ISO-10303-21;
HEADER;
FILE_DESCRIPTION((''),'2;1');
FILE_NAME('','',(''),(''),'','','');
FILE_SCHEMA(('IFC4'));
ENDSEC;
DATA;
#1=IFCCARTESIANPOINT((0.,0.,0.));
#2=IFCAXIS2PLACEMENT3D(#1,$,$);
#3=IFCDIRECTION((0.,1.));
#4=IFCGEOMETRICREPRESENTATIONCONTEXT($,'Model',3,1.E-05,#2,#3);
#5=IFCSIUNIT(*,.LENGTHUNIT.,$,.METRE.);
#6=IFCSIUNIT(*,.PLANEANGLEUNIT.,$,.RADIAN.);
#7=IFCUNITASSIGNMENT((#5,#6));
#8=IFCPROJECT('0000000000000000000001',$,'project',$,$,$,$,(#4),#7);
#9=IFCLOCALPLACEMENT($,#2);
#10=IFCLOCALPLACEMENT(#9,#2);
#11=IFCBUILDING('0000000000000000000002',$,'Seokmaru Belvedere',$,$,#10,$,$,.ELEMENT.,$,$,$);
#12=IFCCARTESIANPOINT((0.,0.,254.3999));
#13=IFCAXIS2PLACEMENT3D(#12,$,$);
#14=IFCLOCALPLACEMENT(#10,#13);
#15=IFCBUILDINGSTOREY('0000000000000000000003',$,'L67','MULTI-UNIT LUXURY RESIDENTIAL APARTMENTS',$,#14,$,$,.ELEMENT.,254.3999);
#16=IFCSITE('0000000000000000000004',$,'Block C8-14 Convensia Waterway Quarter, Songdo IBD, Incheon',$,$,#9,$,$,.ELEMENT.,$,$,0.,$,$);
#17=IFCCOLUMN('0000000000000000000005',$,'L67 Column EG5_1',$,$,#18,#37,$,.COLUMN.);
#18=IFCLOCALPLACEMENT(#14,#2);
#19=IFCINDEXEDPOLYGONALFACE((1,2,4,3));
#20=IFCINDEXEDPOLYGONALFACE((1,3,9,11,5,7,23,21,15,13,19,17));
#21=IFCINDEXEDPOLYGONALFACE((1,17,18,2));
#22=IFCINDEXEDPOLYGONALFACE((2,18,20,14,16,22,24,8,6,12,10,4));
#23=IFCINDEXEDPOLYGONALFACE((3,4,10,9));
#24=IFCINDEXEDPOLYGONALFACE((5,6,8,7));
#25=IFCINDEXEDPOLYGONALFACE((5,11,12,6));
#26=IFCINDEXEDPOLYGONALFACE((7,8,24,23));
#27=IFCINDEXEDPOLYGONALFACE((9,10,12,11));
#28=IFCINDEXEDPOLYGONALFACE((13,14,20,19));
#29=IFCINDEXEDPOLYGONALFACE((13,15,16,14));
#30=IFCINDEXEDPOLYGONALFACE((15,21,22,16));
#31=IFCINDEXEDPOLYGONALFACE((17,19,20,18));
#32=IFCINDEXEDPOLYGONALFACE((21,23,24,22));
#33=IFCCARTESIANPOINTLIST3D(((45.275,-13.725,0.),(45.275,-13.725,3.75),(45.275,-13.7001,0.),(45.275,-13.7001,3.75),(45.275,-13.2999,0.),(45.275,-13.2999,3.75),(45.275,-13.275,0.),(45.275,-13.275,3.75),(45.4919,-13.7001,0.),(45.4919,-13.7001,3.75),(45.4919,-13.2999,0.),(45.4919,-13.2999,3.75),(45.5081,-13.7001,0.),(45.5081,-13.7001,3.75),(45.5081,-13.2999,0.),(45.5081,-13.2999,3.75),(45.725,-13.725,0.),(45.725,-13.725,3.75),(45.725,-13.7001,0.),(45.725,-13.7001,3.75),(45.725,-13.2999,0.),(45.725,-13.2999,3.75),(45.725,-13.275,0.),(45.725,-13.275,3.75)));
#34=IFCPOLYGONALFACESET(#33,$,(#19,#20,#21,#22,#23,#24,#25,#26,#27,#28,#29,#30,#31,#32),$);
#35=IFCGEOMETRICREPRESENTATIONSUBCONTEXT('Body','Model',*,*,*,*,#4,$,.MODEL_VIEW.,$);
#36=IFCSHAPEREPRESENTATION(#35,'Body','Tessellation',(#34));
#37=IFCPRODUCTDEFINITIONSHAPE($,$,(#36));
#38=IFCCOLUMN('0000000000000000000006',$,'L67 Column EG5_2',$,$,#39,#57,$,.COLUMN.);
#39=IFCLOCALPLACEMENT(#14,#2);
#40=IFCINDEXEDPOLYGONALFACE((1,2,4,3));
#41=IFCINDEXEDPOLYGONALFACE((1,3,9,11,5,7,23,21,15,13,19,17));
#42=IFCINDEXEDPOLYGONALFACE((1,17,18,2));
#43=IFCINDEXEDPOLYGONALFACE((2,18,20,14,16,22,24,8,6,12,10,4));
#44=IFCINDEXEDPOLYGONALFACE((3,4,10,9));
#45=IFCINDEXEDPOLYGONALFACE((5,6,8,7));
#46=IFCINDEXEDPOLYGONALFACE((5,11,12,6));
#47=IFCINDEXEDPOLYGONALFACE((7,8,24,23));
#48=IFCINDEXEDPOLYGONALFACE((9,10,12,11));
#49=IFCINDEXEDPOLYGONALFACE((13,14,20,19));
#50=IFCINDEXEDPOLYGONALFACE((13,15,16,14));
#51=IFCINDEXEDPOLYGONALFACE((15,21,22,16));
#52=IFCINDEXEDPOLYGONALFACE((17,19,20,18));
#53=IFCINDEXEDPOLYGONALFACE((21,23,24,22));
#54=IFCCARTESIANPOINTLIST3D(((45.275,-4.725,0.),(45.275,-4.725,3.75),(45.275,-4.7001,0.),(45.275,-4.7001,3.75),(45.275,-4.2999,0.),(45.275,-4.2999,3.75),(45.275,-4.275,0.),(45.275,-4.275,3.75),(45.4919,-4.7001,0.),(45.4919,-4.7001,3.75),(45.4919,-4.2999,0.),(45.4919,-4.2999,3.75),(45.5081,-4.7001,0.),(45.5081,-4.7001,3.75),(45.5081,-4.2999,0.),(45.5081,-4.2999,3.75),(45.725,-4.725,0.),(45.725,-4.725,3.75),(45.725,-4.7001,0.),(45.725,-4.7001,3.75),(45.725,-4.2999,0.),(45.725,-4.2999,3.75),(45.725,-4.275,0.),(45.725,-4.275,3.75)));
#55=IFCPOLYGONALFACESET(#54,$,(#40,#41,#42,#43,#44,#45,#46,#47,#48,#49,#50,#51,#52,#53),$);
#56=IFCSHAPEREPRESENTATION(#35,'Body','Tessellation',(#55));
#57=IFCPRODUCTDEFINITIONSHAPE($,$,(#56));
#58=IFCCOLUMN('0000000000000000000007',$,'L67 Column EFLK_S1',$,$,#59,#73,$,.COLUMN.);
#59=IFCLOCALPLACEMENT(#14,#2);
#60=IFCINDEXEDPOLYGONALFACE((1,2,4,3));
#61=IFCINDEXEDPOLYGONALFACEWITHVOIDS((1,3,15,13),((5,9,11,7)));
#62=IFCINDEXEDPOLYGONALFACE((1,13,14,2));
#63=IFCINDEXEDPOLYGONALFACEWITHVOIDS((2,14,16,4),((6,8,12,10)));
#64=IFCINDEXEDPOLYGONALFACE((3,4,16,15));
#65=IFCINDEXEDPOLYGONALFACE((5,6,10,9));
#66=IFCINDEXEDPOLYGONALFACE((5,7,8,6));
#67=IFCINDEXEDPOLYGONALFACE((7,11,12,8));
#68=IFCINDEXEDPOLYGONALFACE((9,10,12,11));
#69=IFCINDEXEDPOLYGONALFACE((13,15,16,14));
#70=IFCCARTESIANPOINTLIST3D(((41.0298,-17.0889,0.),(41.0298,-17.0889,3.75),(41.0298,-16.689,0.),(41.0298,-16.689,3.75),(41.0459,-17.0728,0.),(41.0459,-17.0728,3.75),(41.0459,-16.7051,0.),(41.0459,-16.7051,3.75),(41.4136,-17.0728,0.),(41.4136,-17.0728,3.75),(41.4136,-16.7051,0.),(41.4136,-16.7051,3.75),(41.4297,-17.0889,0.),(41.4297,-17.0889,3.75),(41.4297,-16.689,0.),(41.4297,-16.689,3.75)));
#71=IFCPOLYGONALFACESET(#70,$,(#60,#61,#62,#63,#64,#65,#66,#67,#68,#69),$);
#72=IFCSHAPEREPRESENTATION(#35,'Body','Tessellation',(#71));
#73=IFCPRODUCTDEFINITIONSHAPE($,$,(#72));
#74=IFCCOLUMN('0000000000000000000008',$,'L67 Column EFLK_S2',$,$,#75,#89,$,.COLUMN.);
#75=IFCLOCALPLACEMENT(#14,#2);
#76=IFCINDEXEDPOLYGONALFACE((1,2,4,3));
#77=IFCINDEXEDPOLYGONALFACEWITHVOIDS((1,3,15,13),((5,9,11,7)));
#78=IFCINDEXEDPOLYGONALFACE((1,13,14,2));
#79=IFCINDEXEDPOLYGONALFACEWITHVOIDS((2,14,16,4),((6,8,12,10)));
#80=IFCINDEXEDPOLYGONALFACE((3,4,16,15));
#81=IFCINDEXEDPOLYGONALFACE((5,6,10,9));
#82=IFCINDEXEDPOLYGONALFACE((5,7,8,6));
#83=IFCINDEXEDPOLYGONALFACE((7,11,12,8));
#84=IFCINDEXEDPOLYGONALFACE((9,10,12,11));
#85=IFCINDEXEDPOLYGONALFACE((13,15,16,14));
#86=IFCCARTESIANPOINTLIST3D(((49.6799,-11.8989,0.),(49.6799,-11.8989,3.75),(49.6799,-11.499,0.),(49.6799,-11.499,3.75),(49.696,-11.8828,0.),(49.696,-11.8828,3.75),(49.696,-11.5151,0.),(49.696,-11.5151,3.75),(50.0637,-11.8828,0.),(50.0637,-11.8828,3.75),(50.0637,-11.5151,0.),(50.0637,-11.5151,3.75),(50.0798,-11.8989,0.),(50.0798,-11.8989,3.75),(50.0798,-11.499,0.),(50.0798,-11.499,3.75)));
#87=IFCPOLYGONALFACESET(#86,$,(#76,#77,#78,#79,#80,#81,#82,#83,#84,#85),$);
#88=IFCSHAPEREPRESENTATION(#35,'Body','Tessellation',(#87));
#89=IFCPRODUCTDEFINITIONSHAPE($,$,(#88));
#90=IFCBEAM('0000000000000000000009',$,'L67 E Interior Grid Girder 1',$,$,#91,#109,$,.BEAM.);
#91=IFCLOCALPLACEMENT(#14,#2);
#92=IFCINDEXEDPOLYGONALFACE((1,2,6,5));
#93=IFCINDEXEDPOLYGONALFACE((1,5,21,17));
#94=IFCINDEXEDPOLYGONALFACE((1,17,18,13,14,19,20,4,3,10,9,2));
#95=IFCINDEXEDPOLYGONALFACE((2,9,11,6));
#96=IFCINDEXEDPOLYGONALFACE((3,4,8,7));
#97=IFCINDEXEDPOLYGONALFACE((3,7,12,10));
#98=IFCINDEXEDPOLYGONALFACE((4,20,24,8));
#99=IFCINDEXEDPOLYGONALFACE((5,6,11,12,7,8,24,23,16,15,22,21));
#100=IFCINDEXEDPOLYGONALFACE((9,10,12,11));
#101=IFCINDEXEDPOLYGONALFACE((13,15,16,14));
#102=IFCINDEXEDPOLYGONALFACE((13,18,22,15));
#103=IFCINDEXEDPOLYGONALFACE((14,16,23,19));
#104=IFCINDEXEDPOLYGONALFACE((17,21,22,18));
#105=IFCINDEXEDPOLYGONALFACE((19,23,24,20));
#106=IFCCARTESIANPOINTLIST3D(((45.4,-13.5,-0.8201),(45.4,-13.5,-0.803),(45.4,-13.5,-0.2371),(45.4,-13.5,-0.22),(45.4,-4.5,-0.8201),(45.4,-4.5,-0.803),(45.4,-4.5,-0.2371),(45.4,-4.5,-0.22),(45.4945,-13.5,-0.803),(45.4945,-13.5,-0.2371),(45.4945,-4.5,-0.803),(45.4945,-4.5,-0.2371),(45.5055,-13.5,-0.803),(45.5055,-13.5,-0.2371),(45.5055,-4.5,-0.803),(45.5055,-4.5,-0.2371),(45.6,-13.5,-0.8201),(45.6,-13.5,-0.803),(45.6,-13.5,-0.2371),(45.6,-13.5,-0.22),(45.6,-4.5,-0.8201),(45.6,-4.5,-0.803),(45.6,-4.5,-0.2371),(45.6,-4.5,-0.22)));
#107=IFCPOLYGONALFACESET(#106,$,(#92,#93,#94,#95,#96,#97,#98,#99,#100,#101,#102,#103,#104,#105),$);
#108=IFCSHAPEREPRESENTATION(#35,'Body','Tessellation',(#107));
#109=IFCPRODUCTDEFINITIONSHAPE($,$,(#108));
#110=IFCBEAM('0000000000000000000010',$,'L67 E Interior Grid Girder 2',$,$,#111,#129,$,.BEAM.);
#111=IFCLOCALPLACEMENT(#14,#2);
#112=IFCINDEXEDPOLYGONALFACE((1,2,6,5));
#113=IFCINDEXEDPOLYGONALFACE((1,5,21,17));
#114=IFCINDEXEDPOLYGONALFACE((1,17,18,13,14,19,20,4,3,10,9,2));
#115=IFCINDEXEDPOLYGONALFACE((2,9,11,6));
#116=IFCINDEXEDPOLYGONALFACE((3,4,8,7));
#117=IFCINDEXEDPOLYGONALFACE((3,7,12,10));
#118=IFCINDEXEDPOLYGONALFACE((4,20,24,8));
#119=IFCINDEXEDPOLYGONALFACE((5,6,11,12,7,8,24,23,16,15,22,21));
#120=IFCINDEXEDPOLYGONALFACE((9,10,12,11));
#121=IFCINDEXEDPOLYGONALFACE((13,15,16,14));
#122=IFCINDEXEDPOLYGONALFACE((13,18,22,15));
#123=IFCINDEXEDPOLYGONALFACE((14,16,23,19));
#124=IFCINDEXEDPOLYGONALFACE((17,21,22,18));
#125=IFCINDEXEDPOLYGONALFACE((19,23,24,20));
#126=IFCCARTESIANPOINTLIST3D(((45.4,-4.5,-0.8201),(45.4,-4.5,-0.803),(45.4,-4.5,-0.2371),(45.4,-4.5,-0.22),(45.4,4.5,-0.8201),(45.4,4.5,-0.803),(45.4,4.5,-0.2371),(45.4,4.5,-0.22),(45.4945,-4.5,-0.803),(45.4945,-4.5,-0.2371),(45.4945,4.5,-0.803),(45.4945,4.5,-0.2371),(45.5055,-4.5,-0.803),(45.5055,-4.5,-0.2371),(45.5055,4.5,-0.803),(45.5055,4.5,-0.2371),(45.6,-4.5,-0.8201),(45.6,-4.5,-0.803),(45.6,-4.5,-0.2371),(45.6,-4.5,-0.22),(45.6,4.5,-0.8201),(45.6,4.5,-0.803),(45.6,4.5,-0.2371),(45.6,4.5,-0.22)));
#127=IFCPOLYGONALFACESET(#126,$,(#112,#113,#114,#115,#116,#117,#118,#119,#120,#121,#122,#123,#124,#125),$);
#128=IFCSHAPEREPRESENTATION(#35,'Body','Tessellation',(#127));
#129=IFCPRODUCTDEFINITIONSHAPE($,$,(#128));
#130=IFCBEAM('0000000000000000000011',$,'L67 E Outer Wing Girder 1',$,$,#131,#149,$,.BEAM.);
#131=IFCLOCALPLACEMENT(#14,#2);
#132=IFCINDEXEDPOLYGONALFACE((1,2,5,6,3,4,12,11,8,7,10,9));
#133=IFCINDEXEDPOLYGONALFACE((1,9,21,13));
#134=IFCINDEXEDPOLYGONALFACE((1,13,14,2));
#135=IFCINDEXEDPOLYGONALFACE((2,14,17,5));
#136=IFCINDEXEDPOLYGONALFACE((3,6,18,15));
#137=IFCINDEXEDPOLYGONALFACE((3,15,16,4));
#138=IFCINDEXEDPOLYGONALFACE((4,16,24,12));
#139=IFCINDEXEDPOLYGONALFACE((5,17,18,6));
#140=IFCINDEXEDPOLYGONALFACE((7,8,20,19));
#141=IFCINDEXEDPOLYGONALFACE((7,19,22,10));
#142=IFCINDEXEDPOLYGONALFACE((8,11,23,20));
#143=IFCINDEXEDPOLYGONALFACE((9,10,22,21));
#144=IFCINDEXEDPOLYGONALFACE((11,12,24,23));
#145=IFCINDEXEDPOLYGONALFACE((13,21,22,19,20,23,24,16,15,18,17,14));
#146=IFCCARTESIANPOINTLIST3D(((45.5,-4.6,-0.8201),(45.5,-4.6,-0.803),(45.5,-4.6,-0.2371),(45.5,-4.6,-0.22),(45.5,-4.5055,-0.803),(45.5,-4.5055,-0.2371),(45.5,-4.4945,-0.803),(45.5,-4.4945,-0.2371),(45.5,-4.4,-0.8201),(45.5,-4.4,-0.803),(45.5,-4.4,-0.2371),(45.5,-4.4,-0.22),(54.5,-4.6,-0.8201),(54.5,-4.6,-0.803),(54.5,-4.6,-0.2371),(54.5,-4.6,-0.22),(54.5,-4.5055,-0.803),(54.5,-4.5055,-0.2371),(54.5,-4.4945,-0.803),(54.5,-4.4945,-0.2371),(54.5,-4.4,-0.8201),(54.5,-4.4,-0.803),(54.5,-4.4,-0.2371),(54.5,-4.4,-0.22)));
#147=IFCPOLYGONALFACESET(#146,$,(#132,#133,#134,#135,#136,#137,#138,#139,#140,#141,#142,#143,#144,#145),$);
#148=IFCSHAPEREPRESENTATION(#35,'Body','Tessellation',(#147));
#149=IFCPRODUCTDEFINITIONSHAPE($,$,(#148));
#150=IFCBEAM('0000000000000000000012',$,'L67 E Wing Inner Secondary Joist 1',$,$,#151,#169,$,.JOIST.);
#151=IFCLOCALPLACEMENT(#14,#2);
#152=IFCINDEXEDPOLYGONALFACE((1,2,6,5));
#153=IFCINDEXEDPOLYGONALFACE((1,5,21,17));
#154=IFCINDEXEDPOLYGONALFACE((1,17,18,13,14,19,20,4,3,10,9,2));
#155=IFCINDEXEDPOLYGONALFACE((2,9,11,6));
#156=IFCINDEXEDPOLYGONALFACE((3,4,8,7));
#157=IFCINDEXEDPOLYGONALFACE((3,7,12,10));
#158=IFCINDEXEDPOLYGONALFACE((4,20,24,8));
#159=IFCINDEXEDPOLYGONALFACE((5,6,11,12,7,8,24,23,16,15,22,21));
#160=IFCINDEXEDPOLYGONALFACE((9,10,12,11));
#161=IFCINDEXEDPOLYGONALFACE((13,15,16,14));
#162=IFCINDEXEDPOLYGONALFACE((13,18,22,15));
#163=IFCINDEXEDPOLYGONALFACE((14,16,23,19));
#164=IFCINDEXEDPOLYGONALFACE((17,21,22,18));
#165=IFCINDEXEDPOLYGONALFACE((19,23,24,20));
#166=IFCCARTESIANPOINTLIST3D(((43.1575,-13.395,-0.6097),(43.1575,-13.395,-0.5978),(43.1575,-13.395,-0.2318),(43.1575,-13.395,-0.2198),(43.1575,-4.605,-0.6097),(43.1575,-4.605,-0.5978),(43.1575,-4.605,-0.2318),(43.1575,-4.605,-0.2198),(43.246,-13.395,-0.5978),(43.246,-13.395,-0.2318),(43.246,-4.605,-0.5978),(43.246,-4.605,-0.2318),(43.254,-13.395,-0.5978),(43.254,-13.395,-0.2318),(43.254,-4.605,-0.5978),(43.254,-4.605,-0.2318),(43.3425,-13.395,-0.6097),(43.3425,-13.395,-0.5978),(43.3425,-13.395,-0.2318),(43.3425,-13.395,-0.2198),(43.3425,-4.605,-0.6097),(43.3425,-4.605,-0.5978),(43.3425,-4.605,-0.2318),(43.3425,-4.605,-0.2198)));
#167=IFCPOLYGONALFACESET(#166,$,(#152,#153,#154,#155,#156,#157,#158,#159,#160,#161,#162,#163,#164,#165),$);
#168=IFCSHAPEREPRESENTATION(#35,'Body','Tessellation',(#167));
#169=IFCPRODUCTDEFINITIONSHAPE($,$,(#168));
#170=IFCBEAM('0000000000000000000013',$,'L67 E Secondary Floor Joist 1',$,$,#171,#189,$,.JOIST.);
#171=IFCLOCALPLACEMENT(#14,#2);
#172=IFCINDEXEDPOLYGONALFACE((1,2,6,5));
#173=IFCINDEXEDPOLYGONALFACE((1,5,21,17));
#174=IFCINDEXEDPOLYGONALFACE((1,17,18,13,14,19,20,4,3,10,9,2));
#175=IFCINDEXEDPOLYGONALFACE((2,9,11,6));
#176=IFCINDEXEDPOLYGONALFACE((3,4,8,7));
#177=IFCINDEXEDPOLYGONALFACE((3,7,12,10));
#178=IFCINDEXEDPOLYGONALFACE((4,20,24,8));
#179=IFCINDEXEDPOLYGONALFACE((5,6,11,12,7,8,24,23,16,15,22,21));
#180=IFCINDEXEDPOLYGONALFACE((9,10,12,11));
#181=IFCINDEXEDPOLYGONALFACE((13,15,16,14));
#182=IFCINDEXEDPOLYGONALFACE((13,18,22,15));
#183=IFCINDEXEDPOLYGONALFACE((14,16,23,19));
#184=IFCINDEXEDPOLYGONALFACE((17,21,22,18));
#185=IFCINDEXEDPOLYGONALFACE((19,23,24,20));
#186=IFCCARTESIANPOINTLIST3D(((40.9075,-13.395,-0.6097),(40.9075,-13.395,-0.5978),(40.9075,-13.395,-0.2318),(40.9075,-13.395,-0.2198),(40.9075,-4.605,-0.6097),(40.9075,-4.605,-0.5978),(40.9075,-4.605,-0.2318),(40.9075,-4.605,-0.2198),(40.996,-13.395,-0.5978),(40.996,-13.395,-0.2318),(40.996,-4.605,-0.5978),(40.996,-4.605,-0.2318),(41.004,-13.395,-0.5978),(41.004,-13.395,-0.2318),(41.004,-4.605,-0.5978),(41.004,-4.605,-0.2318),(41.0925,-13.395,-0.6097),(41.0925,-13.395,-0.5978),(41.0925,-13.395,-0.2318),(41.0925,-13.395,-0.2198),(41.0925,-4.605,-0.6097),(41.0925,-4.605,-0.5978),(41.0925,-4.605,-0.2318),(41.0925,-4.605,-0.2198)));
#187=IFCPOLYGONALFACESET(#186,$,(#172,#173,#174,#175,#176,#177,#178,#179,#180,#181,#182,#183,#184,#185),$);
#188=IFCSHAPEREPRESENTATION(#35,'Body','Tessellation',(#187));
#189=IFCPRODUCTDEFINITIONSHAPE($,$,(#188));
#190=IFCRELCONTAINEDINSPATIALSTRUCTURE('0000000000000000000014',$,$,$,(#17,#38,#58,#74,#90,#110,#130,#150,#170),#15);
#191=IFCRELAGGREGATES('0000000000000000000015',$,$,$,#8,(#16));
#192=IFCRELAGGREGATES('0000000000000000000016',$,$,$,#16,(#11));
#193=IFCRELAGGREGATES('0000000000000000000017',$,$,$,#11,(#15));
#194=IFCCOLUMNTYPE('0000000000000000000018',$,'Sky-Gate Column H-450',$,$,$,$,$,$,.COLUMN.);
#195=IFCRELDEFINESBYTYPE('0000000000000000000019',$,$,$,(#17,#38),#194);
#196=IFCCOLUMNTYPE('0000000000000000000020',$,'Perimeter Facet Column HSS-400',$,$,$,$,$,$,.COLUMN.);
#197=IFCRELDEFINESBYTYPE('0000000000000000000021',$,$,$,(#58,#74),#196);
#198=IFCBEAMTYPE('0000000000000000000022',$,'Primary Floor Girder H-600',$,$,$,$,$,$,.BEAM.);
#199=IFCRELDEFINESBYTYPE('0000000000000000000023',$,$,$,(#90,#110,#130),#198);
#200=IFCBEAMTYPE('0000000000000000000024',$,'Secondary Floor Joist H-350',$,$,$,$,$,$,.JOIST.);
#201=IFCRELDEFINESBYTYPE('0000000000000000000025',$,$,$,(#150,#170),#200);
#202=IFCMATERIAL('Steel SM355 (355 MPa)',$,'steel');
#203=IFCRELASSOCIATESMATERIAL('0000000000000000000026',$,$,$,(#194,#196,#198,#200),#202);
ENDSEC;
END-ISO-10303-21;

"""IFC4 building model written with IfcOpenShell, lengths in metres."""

from ifc_helpers import new_model, si_unit, direction, frame, origin, origin_2d, place, context, subcontext, project, spatial, hollow_rectangle, i_section, extrude, source, transform, mapped, material, material_profile, profile_set, type_object, type_shapes, element, save


model = new_model("IFC4")

# Units and contexts
model_context = context("Model", 3, precision=1e-05, world=origin(), true_north=direction((0.0, 1.0)))
body_context = subcontext(model_context, "Body", "Model", "MODEL_VIEW")
ifc_project = project(units=[si_unit("LENGTHUNIT", "METRE"), si_unit("PLANEANGLEUNIT", "RADIAN")], contexts=[model_context])

# Site, building, storey
site_placement = place(None, origin())
site = spatial("IfcSite", under=ifc_project, at=site_placement, Name="Block C8-14 Convensia Waterway Quarter, Songdo IBD, Incheon", CompositionType="ELEMENT", RefElevation=0.0)
building_placement = place(site_placement, origin())
building = spatial("IfcBuilding", under=site, at=building_placement, Name="Seokmaru Belvedere", CompositionType="ELEMENT")
storey_placement = place(building_placement, frame((0.0, 0.0, 254.3999)))
storey = spatial("IfcBuildingStorey", under=building, at=storey_placement, Name="L67", Description="MULTI-UNIT LUXURY RESIDENTIAL APARTMENTS", CompositionType="ELEMENT", Elevation=254.3999)

# Columns
ifc_material_1 = material(Name="Steel SM355 (355 MPa)", Category="steel")
ifc_material_profile_1 = material_profile(ifc_material_1, i_section(OverallWidth=0.45, OverallDepth=0.45, WebThickness=0.0161, FlangeThickness=0.0249, at=origin_2d()), Name="H-450x450x16x25")
ifc_profile_set_1 = profile_set([ifc_material_profile_1], Name="Steel SM355 (355 MPa)")
column_type_1 = type_object("IfcColumnType", Name="Sky-Gate Column H-450", PredefinedType="COLUMN", material=ifc_profile_set_1)
shared_shape_1 = source(origin(), body_context, "Body", "SweptSolid", [
    extrude(i_section(OverallWidth=0.45, OverallDepth=0.45, WebThickness=0.0161, FlangeThickness=0.0249, at=origin_2d()), origin(), (0.0, 0.0, 1.0), 3.75),
])
type_shapes(column_type_1, [shared_shape_1])
for number, where, z_axis, x_axis, name in (
    (1, (45.5, -13.5, 0.0), (0.0, 0.0, 1.0), (1.0, 0.0, 0.0), "L67 Column EG5_1"),
    (2, (45.5, -4.5, 0.0), (0.0, 0.0, 1.0), (1.0, 0.0, 0.0), "L67 Column EG5_2"),
):
    element("IfcColumn", number, at=place(storey_placement, frame(where, z_axis=z_axis, x_axis=x_axis)), inside=storey, type_object=column_type_1, Name=name, PredefinedType="COLUMN", context=body_context, shape_type="MappedRepresentation", body=[
        mapped(shared_shape_1, transform((0.0, 0.0, 0.0), scale=1.0)),
    ])
ifc_material_profile_2 = material_profile(ifc_material_1, hollow_rectangle(XDim=0.3999, YDim=0.3999, WallThickness=0.0161, at=origin_2d()), Name="HSS-400x400x16")
ifc_profile_set_2 = profile_set([ifc_material_profile_2], Name="Steel SM355 (355 MPa)")
column_type_2 = type_object("IfcColumnType", Name="Perimeter Facet Column HSS-400", PredefinedType="COLUMN", material=ifc_profile_set_2)
shared_shape_2 = source(origin(), body_context, "Body", "SweptSolid", [
    extrude(hollow_rectangle(XDim=0.3999, YDim=0.3999, WallThickness=0.0161, at=origin_2d()), origin(), (0.0, 0.0, 1.0), 3.75),
])
type_shapes(column_type_2, [shared_shape_2])
for number, where, z_axis, x_axis, name in (
    (3, (41.2297, -16.8889, 0.0), (0.0, 0.0, 1.0), (1.0, 0.0, 0.0), "L67 Column EFLK_S1"),
    (4, (49.8799, -11.699, 0.0), (0.0, 0.0, 1.0), (1.0, 0.0, 0.0), "L67 Column EFLK_S2"),
):
    element("IfcColumn", number, at=place(storey_placement, frame(where, z_axis=z_axis, x_axis=x_axis)), inside=storey, type_object=column_type_2, Name=name, PredefinedType="COLUMN", context=body_context, shape_type="MappedRepresentation", body=[
        mapped(shared_shape_2, transform((0.0, 0.0, 0.0), scale=1.0)),
    ])

# Beams
ifc_material_profile_3 = material_profile(ifc_material_1, i_section(OverallWidth=0.2, OverallDepth=0.6001, WebThickness=0.011, FlangeThickness=0.0171, at=origin_2d()), Name="H-600x200x11x17")
ifc_profile_set_3 = profile_set([ifc_material_profile_3], Name="Steel SM355 (355 MPa)")
beam_type_1 = type_object("IfcBeamType", Name="Primary Floor Girder H-600", PredefinedType="BEAM", material=ifc_profile_set_3)
shared_shape_3 = source(origin(), body_context, "Body", "SweptSolid", [
    extrude(i_section(OverallWidth=0.2, OverallDepth=0.6001, WebThickness=0.011, FlangeThickness=0.0171, at=origin_2d()), origin(), (0.0, 0.0, 1.0), 9.0),
])
for number, where, z_axis, x_axis, name in (
    (5, (45.5, -13.5, -0.52), (0.0, 1.0, 0.0), (-1.0, 0.0, 0.0), "L67 E Interior Grid Girder 1"),
    (6, (45.5, -4.5, -0.52), (0.0, 1.0, 0.0), (-1.0, 0.0, 0.0), "L67 E Interior Grid Girder 2"),
    (7, (45.5, -4.5, -0.52), (1.0, 0.0, 0.0), (0.0, 1.0, 0.0), "L67 E Outer Wing Girder 1"),
):
    element("IfcBeam", number, at=place(storey_placement, frame(where, z_axis=z_axis, x_axis=x_axis)), inside=storey, type_object=beam_type_1, Name=name, PredefinedType="BEAM", context=body_context, shape_type="MappedRepresentation", body=[
        mapped(shared_shape_3, transform((0.0, 0.0, 0.0), scale=1.0)),
    ])
ifc_material_profile_4 = material_profile(ifc_material_1, i_section(OverallWidth=0.1851, OverallDepth=0.3899, WebThickness=0.0081, FlangeThickness=0.012, at=origin_2d()), Name="H-390x185x8x12")
ifc_profile_set_4 = profile_set([ifc_material_profile_4], Name="Steel SM355 (355 MPa)")
beam_type_2 = type_object("IfcBeamType", Name="Secondary Floor Joist H-350", PredefinedType="JOIST", material=ifc_profile_set_4)
shared_shape_4 = source(origin(), body_context, "Body", "SweptSolid", [
    extrude(i_section(OverallWidth=0.1851, OverallDepth=0.3899, WebThickness=0.0081, FlangeThickness=0.012, at=origin_2d()), origin(), (0.0, 0.0, 1.0), 8.79),
])
type_shapes(beam_type_2, [shared_shape_4])
for number, where, z_axis, x_axis, name in (
    (8, (43.25, -13.395, -0.4148), (0.0, 1.0, 0.0), (-1.0, 0.0, 0.0), "L67 E Wing Inner Secondary Joist 1"),
    (9, (41.0, -13.395, -0.4148), (0.0, 1.0, 0.0), (-1.0, 0.0, 0.0), "L67 E Secondary Floor Joist 1"),
):
    element("IfcBeam", number, at=place(storey_placement, frame(where, z_axis=z_axis, x_axis=x_axis)), inside=storey, type_object=beam_type_2, Name=name, PredefinedType="JOIST", context=body_context, shape_type="MappedRepresentation", body=[
        mapped(shared_shape_4, transform((0.0, 0.0, 0.0), scale=1.0)),
    ])

save(model, "model.ifc")
